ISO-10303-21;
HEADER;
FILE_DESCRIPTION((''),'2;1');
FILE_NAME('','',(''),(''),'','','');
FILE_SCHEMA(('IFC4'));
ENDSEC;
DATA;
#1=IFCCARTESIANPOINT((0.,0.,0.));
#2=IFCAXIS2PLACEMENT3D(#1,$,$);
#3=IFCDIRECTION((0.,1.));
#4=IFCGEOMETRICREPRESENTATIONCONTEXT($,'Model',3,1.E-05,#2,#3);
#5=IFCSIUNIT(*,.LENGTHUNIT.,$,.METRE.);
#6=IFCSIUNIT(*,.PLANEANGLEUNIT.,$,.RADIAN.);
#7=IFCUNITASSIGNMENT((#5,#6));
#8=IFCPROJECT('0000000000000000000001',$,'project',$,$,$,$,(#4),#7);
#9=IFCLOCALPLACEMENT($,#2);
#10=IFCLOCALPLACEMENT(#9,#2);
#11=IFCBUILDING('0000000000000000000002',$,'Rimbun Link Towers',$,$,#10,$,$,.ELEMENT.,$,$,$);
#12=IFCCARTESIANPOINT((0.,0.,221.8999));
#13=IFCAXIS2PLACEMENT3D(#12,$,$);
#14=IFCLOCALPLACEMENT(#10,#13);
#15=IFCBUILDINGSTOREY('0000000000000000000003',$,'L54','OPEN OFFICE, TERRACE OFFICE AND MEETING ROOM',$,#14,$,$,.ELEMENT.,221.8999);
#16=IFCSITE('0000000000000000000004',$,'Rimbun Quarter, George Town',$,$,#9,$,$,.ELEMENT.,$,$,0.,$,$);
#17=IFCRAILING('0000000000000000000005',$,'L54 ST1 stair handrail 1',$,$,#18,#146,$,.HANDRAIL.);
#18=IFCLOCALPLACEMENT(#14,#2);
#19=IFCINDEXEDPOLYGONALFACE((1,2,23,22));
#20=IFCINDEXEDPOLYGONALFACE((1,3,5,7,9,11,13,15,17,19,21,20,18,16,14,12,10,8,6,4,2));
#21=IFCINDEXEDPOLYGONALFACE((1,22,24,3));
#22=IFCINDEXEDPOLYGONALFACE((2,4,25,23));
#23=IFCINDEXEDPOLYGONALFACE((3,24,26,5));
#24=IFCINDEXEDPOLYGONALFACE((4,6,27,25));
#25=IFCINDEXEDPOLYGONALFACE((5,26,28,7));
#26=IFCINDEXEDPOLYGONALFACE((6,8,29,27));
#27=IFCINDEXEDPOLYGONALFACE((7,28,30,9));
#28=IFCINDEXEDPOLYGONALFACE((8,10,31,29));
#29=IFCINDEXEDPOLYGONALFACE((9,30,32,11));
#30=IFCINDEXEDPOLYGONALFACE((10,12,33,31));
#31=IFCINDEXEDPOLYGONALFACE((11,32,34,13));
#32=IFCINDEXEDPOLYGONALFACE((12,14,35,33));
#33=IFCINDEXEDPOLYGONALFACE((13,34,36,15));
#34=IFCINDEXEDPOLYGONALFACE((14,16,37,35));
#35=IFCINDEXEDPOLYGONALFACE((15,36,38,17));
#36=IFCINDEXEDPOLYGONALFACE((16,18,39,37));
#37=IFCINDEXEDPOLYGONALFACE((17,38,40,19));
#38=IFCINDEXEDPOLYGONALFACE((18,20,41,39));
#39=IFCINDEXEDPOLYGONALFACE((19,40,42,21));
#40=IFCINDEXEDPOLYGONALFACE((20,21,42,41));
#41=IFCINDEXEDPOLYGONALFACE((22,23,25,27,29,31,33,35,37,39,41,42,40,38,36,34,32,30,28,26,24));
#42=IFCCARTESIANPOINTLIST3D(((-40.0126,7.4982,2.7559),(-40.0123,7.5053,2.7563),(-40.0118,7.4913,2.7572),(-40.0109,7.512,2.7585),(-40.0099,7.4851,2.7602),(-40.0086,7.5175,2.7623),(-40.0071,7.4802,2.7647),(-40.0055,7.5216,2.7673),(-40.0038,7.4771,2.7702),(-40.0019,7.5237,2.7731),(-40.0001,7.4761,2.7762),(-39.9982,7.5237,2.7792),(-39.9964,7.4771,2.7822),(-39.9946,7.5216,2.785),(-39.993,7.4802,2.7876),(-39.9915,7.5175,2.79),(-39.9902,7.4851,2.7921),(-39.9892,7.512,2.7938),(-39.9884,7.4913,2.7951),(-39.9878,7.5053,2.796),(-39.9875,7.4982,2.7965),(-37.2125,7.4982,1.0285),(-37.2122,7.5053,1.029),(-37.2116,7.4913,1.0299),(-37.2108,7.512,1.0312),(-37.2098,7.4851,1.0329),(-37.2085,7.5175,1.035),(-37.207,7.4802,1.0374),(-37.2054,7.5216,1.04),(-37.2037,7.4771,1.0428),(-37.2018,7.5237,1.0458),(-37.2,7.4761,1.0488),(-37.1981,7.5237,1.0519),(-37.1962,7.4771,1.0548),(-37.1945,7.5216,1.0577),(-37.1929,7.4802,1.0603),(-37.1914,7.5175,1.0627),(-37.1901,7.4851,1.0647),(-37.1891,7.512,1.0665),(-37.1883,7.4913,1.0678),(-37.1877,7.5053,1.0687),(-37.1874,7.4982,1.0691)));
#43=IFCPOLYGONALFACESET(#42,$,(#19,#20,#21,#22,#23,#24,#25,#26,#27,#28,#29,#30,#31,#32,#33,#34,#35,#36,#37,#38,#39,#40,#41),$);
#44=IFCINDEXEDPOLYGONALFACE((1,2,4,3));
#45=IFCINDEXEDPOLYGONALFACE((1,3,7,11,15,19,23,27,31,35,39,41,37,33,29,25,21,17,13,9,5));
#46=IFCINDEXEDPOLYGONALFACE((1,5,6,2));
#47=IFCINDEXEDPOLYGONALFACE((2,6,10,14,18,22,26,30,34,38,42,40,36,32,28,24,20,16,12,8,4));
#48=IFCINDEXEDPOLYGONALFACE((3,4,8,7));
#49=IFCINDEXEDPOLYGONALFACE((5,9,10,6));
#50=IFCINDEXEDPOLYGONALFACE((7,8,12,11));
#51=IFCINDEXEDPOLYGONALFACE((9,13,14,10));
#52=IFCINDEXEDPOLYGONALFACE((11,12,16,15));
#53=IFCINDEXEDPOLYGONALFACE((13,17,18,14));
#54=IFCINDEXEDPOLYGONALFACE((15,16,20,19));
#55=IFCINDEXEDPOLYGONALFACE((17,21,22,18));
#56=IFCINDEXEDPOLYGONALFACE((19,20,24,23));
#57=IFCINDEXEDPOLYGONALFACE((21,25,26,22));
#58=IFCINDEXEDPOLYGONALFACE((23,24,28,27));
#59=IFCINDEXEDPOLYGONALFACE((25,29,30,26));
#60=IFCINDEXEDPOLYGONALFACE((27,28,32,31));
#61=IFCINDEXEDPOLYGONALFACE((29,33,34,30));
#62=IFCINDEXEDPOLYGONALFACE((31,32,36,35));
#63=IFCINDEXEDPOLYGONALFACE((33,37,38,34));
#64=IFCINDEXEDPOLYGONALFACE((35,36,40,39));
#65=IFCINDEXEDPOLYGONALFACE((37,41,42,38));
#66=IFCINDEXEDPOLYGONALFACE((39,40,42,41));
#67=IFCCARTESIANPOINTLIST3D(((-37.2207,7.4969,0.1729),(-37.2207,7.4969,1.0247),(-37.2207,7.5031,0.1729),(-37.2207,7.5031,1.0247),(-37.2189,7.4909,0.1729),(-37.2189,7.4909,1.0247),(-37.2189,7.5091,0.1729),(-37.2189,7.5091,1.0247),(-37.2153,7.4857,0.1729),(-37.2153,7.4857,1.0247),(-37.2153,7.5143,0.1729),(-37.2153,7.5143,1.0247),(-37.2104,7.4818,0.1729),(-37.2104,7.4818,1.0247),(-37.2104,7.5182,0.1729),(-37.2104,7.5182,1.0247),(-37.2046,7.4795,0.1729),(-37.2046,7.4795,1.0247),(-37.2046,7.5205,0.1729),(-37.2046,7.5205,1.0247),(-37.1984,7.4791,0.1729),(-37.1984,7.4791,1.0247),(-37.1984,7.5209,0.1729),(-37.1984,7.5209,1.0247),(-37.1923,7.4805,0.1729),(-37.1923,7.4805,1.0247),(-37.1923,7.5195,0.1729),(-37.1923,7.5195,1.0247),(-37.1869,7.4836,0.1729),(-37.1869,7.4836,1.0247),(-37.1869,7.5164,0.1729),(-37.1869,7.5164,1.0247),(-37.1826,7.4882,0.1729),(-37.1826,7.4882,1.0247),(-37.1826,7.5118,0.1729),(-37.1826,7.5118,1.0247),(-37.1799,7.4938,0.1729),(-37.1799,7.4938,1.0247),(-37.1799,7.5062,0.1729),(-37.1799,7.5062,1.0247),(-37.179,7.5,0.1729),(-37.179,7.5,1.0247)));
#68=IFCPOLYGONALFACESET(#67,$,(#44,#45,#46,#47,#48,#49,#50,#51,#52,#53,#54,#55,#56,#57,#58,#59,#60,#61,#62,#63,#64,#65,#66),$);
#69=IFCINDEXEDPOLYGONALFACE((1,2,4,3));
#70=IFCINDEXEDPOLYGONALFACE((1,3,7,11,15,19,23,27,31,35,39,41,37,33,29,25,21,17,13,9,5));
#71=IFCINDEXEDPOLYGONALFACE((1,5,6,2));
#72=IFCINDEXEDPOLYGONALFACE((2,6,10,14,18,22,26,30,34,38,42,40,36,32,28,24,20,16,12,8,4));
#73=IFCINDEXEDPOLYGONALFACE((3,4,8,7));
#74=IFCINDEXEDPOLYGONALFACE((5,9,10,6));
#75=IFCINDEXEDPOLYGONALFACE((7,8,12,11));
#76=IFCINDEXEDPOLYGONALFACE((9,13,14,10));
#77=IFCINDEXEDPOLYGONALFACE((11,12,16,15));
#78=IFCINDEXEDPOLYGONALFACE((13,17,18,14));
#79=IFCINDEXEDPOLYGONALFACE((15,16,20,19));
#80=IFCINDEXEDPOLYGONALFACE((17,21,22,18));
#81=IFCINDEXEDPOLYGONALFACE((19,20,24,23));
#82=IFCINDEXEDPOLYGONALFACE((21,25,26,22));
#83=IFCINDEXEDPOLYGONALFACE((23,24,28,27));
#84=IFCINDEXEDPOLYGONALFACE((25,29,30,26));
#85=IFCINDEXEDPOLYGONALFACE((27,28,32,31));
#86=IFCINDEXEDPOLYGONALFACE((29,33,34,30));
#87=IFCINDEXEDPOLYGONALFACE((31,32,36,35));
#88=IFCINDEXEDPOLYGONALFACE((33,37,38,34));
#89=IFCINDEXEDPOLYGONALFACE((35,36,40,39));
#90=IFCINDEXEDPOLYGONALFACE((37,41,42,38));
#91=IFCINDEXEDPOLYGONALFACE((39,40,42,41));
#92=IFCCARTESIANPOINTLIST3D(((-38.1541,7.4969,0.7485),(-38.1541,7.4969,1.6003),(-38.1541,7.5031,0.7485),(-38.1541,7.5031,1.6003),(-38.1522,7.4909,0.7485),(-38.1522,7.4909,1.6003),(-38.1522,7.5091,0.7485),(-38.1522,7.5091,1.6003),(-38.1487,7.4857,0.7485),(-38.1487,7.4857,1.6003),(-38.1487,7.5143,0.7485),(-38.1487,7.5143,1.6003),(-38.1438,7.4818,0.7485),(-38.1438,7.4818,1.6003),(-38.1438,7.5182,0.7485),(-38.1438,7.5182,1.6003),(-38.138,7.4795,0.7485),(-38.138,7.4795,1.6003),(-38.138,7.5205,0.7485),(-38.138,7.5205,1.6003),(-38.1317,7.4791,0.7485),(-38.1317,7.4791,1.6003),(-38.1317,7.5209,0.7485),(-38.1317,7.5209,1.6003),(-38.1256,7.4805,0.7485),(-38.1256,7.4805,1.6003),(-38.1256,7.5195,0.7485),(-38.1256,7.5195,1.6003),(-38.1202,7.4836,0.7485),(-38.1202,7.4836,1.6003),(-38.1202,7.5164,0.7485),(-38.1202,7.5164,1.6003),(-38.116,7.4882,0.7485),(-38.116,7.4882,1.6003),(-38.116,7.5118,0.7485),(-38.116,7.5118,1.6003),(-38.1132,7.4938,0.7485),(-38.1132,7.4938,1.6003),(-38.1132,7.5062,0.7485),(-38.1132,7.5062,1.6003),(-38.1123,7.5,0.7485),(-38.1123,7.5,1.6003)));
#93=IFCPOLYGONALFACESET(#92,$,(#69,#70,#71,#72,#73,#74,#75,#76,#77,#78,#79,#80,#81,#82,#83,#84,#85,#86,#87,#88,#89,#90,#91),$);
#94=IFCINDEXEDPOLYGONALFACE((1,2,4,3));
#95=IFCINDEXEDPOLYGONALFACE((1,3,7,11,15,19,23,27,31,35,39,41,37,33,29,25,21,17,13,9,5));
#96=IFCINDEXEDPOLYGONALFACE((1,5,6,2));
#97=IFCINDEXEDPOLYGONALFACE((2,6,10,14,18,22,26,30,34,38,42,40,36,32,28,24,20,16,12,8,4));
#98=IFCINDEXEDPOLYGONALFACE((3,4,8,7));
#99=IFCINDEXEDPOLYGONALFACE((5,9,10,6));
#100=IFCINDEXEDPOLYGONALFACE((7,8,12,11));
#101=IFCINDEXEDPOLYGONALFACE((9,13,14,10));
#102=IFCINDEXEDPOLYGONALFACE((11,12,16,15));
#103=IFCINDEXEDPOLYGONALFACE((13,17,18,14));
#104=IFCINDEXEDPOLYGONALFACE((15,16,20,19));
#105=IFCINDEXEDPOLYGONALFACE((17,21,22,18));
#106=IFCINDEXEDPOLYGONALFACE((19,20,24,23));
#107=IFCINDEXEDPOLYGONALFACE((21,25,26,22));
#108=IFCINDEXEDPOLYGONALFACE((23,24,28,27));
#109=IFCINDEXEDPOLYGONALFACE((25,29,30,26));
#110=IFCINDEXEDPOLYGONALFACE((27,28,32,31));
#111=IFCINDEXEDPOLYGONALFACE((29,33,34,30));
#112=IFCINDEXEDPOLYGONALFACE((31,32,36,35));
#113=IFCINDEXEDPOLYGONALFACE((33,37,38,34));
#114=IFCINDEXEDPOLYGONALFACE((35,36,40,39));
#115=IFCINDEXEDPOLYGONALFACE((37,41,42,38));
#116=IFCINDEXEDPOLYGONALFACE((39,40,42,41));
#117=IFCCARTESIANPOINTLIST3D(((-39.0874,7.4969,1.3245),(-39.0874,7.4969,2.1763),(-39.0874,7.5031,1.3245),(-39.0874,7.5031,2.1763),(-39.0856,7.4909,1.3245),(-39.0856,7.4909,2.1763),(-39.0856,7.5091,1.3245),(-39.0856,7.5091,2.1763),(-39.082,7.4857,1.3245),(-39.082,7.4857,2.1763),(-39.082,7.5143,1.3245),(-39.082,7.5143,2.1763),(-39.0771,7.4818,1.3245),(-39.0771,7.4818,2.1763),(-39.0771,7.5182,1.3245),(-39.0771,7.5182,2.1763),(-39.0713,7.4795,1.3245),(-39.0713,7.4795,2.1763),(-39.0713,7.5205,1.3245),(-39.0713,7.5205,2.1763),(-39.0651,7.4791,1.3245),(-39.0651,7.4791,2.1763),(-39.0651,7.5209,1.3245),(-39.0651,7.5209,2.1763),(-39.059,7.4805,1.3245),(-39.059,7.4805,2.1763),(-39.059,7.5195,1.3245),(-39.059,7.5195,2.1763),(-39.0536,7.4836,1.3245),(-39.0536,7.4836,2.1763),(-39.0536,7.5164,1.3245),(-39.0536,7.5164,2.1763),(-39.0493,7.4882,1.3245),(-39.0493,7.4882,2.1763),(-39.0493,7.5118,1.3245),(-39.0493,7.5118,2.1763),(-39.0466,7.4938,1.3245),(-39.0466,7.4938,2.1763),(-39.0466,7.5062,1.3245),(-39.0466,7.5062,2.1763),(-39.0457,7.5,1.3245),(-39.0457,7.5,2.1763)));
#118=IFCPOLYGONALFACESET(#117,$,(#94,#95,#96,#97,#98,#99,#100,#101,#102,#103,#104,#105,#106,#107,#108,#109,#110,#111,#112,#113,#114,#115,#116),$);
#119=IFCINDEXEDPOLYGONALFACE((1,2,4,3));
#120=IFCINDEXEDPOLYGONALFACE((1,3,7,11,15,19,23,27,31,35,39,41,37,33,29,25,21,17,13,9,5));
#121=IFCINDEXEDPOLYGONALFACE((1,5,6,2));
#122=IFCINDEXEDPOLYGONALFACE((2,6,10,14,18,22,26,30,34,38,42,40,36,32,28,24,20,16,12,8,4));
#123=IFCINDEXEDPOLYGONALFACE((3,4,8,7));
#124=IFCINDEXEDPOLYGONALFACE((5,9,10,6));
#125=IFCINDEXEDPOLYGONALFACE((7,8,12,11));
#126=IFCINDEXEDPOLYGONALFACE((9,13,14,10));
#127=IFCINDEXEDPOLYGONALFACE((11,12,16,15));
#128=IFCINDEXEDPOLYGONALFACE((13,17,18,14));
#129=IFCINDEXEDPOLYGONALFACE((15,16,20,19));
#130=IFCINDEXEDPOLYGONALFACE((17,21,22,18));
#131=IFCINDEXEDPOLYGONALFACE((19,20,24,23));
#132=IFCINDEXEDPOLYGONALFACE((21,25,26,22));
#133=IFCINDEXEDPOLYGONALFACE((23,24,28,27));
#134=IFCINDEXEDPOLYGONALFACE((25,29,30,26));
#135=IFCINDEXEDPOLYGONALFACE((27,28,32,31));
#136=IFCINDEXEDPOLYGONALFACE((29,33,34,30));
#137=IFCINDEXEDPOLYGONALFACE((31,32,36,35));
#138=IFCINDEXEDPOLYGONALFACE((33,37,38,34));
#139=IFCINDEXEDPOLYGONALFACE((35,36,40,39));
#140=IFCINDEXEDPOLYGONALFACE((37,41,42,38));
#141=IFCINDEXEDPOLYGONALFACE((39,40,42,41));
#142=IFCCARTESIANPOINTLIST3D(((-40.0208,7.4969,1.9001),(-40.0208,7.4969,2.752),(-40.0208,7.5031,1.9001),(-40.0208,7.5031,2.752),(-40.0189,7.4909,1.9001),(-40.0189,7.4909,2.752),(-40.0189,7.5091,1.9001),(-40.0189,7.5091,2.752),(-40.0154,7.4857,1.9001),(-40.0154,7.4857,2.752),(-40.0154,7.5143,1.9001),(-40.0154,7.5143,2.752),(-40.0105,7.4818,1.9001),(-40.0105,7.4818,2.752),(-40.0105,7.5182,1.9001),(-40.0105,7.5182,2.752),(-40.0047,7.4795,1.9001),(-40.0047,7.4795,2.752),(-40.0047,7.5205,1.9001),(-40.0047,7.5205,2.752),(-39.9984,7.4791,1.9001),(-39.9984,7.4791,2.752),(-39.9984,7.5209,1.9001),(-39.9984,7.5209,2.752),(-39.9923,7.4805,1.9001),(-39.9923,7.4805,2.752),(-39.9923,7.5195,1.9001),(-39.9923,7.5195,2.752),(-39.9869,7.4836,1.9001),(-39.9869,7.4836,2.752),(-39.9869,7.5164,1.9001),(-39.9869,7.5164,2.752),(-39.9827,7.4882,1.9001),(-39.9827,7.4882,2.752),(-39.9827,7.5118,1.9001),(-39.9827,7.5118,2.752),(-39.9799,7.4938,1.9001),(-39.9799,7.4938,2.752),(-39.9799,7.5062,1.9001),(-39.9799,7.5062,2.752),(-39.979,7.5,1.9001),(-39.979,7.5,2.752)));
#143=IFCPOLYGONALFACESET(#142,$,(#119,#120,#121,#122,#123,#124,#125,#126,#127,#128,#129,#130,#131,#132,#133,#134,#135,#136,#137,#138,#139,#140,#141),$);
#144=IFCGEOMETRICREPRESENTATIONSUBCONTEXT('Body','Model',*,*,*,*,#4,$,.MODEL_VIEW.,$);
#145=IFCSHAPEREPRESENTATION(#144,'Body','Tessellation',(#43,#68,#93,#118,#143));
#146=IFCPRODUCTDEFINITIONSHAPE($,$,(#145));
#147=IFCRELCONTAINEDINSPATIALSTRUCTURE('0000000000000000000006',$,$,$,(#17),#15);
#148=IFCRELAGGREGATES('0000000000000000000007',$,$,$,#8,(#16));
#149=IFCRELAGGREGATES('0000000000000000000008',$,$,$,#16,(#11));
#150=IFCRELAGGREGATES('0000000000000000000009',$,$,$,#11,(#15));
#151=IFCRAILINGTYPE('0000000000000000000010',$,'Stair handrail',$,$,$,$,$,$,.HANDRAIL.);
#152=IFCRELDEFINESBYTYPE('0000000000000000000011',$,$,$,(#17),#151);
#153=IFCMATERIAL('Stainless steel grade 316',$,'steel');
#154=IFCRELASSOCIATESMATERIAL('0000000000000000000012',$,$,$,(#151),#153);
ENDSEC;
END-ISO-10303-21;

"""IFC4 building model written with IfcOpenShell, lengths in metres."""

from ifc_helpers import new_model, si_unit, direction, frame, origin, origin_2d, place, context, subcontext, project, spatial, circle, extrude, material, type_object, element, save


model = new_model("IFC4")

# Units and contexts
model_context = context("Model", 3, precision=1e-05, world=origin(), true_north=direction((0.0, 1.0)))
body_context = subcontext(model_context, "Body", "Model", "MODEL_VIEW")
ifc_project = project(units=[si_unit("LENGTHUNIT", "METRE"), si_unit("PLANEANGLEUNIT", "RADIAN")], contexts=[model_context])

# Site, building, storey
site_placement = place(None, origin())
site = spatial("IfcSite", under=ifc_project, at=site_placement, Name="Rimbun Quarter, George Town", CompositionType="ELEMENT", RefElevation=0.0)
building_placement = place(site_placement, origin())
building = spatial("IfcBuilding", under=site, at=building_placement, Name="Rimbun Link Towers", CompositionType="ELEMENT")
storey_placement = place(building_placement, frame((0.0, 0.0, 221.8999)))
storey = spatial("IfcBuildingStorey", under=building, at=storey_placement, Name="L54", Description="OPEN OFFICE, TERRACE OFFICE AND MEETING ROOM", CompositionType="ELEMENT", Elevation=221.8999)

# Railing
ifc_material_1 = material(Name="Stainless steel grade 316", Category="steel")
railing_type_1 = type_object("IfcRailingType", Name="Stair handrail", PredefinedType="HANDRAIL", material=ifc_material_1)
railing_1_placement = place(storey_placement, frame((-37.2, 7.5, 0.1729)))
element("IfcRailing", 1, at=railing_1_placement, inside=storey, type_object=railing_type_1, Name="L54 ST1 stair handrail 1", PredefinedType="HANDRAIL", context=body_context, shape_type="SweptSolid", body=[
    extrude(circle(Radius=0.0239, at=origin_2d()), frame((0.0, 0.0, 0.876), z_axis=(-0.85109, 0.0, 0.52502), x_axis=(0.0, -1.0, 0.0)), (0.0, 0.0, 1.0), 3.29),
    extrude(circle(Radius=0.021, at=origin_2d()), origin(), (0.0, 0.0, 1.0), 0.8518),
    extrude(circle(Radius=0.021, at=origin_2d()), frame((-0.9333, 0.0, 0.5757)), (0.0, 0.0, 1.0), 0.8518),
    extrude(circle(Radius=0.021, at=origin_2d()), frame((-1.8667, 0.0, 1.1516)), (0.0, 0.0, 1.0), 0.8518),
    extrude(circle(Radius=0.021, at=origin_2d()), frame((-2.8, 0.0, 1.7273)), (0.0, 0.0, 1.0), 0.8518),
])

save(model, "model.ifc")
